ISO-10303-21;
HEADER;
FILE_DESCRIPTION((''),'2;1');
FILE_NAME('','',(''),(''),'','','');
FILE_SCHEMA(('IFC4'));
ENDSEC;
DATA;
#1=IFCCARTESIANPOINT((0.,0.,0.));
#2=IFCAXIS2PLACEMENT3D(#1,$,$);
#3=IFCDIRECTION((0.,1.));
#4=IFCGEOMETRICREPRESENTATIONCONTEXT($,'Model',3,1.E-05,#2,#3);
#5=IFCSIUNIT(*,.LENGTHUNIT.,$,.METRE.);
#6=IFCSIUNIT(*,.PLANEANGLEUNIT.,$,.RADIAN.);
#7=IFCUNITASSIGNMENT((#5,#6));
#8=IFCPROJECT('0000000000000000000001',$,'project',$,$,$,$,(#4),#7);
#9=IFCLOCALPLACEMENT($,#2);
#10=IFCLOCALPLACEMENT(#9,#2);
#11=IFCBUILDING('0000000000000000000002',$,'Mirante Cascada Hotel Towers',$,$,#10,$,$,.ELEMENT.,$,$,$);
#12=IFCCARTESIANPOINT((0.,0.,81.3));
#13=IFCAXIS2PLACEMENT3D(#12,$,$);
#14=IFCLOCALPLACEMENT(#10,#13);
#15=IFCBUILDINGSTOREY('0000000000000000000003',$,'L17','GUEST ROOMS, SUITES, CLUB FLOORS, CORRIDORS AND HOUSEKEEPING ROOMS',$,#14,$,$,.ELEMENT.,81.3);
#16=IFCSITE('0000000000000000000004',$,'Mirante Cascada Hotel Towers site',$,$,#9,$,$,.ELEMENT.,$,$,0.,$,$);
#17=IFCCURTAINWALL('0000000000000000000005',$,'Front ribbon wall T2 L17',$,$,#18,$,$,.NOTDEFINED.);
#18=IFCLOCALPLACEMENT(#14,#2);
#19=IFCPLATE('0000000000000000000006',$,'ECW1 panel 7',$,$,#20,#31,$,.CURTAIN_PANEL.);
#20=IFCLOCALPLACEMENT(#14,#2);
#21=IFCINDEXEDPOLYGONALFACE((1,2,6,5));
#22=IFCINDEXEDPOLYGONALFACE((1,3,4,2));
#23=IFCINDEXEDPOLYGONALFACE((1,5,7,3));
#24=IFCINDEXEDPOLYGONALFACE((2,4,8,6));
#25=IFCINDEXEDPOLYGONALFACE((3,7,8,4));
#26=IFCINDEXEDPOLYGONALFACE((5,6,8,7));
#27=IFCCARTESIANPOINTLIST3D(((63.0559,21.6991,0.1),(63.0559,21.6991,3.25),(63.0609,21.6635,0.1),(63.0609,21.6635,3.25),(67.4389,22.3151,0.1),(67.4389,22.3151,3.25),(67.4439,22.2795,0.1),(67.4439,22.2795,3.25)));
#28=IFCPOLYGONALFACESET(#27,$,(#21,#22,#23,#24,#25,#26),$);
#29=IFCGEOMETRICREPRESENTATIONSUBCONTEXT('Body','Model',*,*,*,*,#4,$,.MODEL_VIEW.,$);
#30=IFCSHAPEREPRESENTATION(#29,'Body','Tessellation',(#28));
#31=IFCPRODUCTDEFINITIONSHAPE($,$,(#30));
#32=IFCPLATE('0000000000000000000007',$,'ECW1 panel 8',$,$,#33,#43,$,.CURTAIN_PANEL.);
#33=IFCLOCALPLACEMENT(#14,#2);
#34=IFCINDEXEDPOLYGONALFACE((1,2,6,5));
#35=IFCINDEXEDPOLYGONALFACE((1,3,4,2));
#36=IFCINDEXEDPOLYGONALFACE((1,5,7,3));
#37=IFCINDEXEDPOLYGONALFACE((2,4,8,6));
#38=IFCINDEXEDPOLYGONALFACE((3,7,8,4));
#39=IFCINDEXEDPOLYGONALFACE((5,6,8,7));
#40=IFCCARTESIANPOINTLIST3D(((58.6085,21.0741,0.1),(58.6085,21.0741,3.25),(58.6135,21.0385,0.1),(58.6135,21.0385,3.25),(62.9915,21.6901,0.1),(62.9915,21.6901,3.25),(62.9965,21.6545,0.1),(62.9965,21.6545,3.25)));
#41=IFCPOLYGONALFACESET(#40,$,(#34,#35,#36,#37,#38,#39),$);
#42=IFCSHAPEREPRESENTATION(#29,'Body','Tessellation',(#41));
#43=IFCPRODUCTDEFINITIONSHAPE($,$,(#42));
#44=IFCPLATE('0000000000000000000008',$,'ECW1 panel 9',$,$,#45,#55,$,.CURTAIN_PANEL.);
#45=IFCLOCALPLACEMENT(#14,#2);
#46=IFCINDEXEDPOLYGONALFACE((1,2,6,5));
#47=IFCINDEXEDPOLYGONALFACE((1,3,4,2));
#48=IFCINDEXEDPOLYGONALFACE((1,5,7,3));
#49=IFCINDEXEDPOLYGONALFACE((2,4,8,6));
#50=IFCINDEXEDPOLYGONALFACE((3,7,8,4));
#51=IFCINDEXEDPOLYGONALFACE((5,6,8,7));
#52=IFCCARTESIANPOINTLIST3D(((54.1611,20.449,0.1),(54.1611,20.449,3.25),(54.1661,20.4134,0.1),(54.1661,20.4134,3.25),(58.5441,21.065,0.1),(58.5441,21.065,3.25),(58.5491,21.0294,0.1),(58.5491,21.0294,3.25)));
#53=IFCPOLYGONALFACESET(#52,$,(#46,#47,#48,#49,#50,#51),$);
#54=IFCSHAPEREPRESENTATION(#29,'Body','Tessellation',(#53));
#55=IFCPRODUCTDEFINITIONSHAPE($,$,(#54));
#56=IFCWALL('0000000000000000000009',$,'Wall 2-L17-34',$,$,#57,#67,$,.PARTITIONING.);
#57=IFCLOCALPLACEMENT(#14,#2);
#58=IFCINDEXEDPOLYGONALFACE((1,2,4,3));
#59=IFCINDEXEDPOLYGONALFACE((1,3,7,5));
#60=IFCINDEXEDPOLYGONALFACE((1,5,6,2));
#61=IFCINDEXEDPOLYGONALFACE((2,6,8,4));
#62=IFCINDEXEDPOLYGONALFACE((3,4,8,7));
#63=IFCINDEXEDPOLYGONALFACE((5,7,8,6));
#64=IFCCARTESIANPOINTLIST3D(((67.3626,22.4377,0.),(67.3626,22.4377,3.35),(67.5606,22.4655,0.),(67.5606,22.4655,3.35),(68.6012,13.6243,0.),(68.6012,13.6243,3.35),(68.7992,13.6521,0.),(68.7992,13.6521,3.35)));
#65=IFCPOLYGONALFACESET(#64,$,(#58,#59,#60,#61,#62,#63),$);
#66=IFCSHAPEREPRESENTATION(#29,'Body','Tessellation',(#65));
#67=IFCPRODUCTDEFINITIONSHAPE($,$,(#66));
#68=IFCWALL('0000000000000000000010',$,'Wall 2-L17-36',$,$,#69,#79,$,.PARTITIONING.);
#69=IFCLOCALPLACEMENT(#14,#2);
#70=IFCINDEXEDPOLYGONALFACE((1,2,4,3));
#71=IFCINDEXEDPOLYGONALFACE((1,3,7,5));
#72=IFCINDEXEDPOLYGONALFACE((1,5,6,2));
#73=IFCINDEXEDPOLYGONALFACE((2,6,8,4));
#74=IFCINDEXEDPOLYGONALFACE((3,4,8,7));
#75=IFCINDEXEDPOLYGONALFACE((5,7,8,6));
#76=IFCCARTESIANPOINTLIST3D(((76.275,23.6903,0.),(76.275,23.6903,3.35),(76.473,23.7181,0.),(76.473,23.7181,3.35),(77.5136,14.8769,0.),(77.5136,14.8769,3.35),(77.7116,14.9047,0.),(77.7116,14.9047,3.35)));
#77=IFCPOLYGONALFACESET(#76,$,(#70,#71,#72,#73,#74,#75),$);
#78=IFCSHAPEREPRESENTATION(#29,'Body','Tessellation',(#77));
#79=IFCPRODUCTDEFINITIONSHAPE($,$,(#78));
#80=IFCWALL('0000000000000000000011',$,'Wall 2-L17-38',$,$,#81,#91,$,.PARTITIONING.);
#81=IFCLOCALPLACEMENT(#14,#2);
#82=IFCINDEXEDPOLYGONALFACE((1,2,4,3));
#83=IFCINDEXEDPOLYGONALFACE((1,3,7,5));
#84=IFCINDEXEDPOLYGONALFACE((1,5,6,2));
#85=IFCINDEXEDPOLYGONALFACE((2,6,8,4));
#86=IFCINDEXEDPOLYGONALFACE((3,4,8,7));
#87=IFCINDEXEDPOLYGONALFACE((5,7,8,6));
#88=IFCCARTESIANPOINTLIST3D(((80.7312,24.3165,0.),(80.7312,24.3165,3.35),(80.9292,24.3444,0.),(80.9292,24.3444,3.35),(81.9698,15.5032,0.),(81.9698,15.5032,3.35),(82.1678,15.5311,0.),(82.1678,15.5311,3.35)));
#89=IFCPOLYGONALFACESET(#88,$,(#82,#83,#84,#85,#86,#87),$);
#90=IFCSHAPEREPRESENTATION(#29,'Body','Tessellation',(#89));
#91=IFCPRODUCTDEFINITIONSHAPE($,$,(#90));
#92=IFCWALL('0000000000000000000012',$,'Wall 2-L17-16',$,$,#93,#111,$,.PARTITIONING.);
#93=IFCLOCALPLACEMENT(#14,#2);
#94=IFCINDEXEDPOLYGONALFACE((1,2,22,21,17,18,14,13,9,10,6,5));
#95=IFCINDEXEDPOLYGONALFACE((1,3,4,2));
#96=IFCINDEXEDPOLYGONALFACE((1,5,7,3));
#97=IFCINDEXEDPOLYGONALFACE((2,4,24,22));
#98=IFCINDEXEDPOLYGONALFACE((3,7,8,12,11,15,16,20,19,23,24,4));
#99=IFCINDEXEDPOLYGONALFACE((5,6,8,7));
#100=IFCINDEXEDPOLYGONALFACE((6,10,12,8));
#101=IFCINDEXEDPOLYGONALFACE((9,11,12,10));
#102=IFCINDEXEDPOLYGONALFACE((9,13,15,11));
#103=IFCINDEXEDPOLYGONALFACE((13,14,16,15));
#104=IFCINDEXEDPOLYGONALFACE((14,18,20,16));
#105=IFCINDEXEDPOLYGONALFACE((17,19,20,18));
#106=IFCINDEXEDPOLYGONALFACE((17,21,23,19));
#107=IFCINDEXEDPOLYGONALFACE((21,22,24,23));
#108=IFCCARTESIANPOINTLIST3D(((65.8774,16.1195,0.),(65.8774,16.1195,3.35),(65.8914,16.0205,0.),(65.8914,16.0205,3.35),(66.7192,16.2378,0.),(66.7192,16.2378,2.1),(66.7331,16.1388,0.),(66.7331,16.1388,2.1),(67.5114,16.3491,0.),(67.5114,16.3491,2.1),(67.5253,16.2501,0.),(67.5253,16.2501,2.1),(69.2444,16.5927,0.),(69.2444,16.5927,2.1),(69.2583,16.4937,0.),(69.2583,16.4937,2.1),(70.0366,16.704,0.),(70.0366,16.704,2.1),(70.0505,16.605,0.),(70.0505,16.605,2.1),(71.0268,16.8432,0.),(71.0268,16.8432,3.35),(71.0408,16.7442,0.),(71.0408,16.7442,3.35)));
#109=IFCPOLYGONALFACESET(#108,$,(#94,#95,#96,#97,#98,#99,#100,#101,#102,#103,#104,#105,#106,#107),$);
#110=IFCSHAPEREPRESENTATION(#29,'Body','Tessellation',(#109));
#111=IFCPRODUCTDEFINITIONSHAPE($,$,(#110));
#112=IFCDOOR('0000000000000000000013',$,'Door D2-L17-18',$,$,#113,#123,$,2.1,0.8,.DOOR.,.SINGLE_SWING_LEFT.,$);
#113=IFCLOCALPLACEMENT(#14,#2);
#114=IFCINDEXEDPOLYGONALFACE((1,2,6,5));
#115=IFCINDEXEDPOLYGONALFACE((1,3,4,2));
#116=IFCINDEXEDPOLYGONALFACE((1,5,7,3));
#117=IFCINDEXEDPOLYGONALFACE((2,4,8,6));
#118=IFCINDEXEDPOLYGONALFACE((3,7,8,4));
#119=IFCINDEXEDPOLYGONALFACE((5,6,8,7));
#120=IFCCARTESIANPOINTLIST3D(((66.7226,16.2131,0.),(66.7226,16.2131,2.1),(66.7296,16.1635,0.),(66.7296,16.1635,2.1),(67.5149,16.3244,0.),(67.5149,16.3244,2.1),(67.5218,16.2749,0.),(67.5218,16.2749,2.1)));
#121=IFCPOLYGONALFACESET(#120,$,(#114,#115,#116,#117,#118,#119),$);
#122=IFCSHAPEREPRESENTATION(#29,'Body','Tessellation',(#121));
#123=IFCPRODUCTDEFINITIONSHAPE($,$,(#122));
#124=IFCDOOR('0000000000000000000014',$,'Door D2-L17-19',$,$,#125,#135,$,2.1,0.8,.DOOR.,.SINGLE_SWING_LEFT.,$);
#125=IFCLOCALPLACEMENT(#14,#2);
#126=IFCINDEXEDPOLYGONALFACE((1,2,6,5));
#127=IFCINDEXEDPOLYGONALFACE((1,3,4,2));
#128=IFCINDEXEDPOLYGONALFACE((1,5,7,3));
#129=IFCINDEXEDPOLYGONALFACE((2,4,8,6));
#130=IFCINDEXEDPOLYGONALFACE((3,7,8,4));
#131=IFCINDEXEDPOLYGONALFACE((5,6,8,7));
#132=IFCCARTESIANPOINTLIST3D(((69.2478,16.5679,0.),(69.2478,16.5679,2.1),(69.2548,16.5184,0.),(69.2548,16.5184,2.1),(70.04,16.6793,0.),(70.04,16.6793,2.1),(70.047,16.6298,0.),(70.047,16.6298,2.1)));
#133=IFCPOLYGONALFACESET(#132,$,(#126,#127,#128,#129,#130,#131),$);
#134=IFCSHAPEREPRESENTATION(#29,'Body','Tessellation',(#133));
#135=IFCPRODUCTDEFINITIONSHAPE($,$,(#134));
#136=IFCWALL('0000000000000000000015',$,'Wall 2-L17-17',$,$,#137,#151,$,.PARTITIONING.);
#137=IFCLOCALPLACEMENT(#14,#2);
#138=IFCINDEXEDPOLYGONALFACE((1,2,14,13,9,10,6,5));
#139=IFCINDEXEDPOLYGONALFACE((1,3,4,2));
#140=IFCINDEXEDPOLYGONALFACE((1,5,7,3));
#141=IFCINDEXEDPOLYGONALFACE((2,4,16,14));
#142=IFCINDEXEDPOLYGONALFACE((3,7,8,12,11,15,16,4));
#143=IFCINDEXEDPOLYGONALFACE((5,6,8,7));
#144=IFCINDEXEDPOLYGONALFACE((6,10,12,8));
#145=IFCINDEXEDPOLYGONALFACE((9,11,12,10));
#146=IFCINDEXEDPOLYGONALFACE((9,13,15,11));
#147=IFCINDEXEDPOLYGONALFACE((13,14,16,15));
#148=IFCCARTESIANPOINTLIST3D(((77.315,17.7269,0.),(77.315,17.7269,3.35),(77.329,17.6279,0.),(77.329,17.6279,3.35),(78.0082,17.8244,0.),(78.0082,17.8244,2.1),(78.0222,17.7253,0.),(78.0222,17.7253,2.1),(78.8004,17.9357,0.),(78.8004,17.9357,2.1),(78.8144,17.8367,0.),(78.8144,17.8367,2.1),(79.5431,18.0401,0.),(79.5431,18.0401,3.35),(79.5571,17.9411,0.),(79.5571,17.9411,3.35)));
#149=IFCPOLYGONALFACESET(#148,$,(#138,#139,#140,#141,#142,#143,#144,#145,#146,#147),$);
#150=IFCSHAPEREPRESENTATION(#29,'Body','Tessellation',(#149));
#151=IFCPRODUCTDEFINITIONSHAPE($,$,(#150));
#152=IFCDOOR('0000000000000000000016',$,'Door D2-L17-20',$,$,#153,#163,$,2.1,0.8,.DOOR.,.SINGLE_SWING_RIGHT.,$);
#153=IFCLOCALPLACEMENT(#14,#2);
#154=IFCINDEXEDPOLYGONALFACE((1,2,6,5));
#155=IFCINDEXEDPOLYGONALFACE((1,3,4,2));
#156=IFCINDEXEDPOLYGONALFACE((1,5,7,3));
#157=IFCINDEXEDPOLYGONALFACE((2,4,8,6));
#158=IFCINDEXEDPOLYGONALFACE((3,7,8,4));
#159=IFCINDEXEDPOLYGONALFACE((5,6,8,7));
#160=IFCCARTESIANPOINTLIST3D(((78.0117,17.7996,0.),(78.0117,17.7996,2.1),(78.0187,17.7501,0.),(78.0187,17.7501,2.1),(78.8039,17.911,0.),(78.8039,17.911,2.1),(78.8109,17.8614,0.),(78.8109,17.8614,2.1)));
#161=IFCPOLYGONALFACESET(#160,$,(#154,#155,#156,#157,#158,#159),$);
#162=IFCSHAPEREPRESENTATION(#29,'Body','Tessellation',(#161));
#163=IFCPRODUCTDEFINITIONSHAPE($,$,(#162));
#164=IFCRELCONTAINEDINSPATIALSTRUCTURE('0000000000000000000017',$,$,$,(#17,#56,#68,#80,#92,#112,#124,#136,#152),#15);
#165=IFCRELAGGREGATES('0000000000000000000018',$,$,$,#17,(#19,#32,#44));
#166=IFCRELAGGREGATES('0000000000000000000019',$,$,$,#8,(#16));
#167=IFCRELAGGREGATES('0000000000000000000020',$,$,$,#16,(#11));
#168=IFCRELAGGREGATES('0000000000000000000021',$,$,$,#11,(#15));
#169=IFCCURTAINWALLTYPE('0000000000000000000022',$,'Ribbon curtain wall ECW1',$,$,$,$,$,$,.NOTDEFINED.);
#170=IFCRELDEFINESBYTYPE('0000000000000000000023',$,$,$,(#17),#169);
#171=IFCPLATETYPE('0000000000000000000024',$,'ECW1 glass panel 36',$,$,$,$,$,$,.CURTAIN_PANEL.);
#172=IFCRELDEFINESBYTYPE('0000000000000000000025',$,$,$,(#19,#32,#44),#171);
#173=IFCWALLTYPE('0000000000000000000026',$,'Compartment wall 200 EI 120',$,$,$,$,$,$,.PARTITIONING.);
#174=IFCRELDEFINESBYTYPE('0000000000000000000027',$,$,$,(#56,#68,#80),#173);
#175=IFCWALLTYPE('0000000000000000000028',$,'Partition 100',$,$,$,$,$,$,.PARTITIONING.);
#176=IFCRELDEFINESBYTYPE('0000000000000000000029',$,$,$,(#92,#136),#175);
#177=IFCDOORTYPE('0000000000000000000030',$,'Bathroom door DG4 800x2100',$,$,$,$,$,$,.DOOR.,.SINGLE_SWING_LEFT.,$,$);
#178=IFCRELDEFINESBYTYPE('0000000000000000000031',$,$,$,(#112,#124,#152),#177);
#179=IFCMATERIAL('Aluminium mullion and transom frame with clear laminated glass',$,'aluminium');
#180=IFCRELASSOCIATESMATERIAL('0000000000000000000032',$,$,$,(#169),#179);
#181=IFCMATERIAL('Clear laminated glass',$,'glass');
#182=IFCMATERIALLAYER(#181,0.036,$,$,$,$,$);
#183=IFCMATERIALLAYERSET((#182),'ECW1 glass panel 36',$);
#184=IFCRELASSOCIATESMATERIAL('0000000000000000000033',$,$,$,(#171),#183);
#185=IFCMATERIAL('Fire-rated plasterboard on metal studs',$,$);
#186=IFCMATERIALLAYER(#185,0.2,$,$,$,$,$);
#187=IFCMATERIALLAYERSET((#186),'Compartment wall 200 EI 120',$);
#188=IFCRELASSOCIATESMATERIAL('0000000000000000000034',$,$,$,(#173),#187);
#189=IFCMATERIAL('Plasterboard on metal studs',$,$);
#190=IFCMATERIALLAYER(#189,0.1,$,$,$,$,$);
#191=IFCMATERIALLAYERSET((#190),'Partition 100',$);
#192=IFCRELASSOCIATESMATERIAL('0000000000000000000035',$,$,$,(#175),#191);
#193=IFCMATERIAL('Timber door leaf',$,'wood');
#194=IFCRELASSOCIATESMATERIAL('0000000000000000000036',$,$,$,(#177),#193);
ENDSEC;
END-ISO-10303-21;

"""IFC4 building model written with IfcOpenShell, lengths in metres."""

from ifc_helpers import new_model, si_unit, direction, frame, frame_2d, origin, origin_2d, place, context, subcontext, project, spatial, rectangle, extrude, material, layer, layer_set, type_object, element, fill, aggregate, save


model = new_model("IFC4")

# Units and contexts
model_context = context("Model", 3, precision=1e-05, world=origin(), true_north=direction((0.0, 1.0)))
body_context = subcontext(model_context, "Body", "Model", "MODEL_VIEW")
ifc_project = project(units=[si_unit("LENGTHUNIT", "METRE"), si_unit("PLANEANGLEUNIT", "RADIAN")], contexts=[model_context])

# Site, building, storey
site_placement = place(None, origin())
site = spatial("IfcSite", under=ifc_project, at=site_placement, Name="Mirante Cascada Hotel Towers site", CompositionType="ELEMENT", RefElevation=0.0)
building_placement = place(site_placement, origin())
building = spatial("IfcBuilding", under=site, at=building_placement, Name="Mirante Cascada Hotel Towers", CompositionType="ELEMENT")
storey_placement = place(building_placement, frame((0.0, 0.0, 81.3)))
storey = spatial("IfcBuildingStorey", under=building, at=storey_placement, Name="L17", Description="GUEST ROOMS, SUITES, CLUB FLOORS, CORRIDORS AND HOUSEKEEPING ROOMS", CompositionType="ELEMENT", Elevation=81.3)

# Curtain wall, plates
ifc_material_1 = material(Name="Aluminium mullion and transom frame with clear laminated glass", Category="aluminium")
curtain_wall_type = type_object("IfcCurtainWallType", Name="Ribbon curtain wall ECW1", PredefinedType="NOTDEFINED", material=ifc_material_1)
curtain_wall_placement = place(storey_placement, origin())
curtain_wall = element("IfcCurtainWall", 1, at=curtain_wall_placement, inside=storey, type_object=curtain_wall_type, Name="Front ribbon wall T2 L17", PredefinedType="NOTDEFINED")
ifc_material_2 = material(Name="Clear laminated glass", Category="glass")
ifc_layer_1 = layer(ifc_material_2, 0.036)
ifc_layer_set_1 = layer_set([ifc_layer_1], Name="ECW1 glass panel 36")
plate_type = type_object("IfcPlateType", Name="ECW1 glass panel 36", PredefinedType="CURTAIN_PANEL", material=ifc_layer_set_1)
plate_1_placement = place(storey_placement, frame((65.2499, 21.9893, 0.1), z_axis=(0.0, 0.0, 1.0), x_axis=(-0.990268, -0.139173, 0.0)))
plate_1 = element("IfcPlate", 2, at=plate_1_placement, type_object=plate_type, Name="ECW1 panel 7", PredefinedType="CURTAIN_PANEL", context=body_context, shape_type="SweptSolid", body=[
    extrude(rectangle(XDim=4.4261, YDim=0.036, at=origin_2d()), origin(), (0.0, 0.0, 1.0), 3.15),
])
plate_2_placement = place(storey_placement, frame((60.8025, 21.3643, 0.1), z_axis=(0.0, 0.0, 1.0), x_axis=(-0.990268, -0.139173, 0.0)))
plate_2 = element("IfcPlate", 3, at=plate_2_placement, type_object=plate_type, Name="ECW1 panel 8", PredefinedType="CURTAIN_PANEL", context=body_context, shape_type="SweptSolid", body=[
    extrude(rectangle(XDim=4.4261, YDim=0.036, at=origin_2d()), origin(), (0.0, 0.0, 1.0), 3.15),
])
plate_3_placement = place(storey_placement, frame((56.3551, 20.7392, 0.1), z_axis=(0.0, 0.0, 1.0), x_axis=(-0.990268, -0.139173, 0.0)))
plate_3 = element("IfcPlate", 4, at=plate_3_placement, type_object=plate_type, Name="ECW1 panel 9", PredefinedType="CURTAIN_PANEL", context=body_context, shape_type="SweptSolid", body=[
    extrude(rectangle(XDim=4.4261, YDim=0.036, at=origin_2d()), origin(), (0.0, 0.0, 1.0), 3.15),
])
aggregate(curtain_wall, [plate_1, plate_2, plate_3])

# Walls
ifc_material_3 = material(Name="Fire-rated plasterboard on metal studs")
ifc_layer_2 = layer(ifc_material_3, 0.2)
ifc_layer_set_2 = layer_set([ifc_layer_2], Name="Compartment wall 200 EI 120")
wall_type_1 = type_object("IfcWallType", Name="Compartment wall 200 EI 120", PredefinedType="PARTITIONING", material=ifc_layer_set_2)
for number, where, z_axis, x_axis, name in (
    (5, (68.7002, 13.6382, 0.0), (0.0, 0.0, 1.0), (-0.139168, 0.990269, 0.0), "Wall 2-L17-34"),
    (6, (77.6126, 14.8908, 0.0), (0.0, 0.0, 1.0), (-0.139168, 0.990269, 0.0), "Wall 2-L17-36"),
):
    element("IfcWall", number, at=place(storey_placement, frame(where, z_axis=z_axis, x_axis=x_axis)), inside=storey, type_object=wall_type_1, Name=name, PredefinedType="PARTITIONING", context=body_context, shape_type="SweptSolid", body=[
        extrude(rectangle(XDim=8.9, YDim=0.2, at=frame_2d((4.45, 0.0))), origin(), (0.0, 0.0, 1.0), 3.35),
    ])
wall_1_placement = place(storey_placement, frame((82.0688, 15.5171, 0.0), z_axis=(0.0, 0.0, 1.0), x_axis=(-0.13917, 0.990268, 0.0)))
element("IfcWall", 7, at=wall_1_placement, inside=storey, type_object=wall_type_1, Name="Wall 2-L17-38", PredefinedType="PARTITIONING", context=body_context, shape_type="SweptSolid", body=[
    extrude(rectangle(XDim=8.8999, YDim=0.2, at=frame_2d((4.45, 0.0))), origin(), (0.0, 0.0, 1.0), 3.35),
])

# Wall, openings, doors
ifc_material_4 = material(Name="Plasterboard on metal studs")
ifc_layer_3 = layer(ifc_material_4, 0.1)
ifc_layer_set_3 = layer_set([ifc_layer_3], Name="Partition 100")
wall_type_2 = type_object("IfcWallType", Name="Partition 100", PredefinedType="PARTITIONING", material=ifc_layer_set_3)
wall_2_placement = place(storey_placement, frame((65.8844, 16.07, 0.0), z_axis=(0.0, 0.0, 1.0), x_axis=(0.990268, 0.139173, 0.0)))
wall_2 = element("IfcWall", 8, at=wall_2_placement, inside=storey, type_object=wall_type_2, Name="Wall 2-L17-16", PredefinedType="PARTITIONING", context=body_context, shape_type="SweptSolid", body=[
    extrude(rectangle(XDim=5.2, YDim=0.1, at=frame_2d((2.6, 0.0))), origin(), (0.0, 0.0, 1.0), 3.35),
])
opening_1_placement = place(wall_2_placement, frame((0.85, 0.0, 0.0)))
opening_1 = element("IfcOpeningElement", 9, at=opening_1_placement, cuts=wall_2, PredefinedType="OPENING", context=body_context, shape_type="SweptSolid", body=[
    extrude(rectangle(XDim=0.8, YDim=2.1, at=frame_2d((0.4, 1.05))), frame((0.0, 0.05, 0.0), z_axis=(0.0, -1.0, 0.0), x_axis=(1.0, 0.0, 0.0)), (0.0, 0.0, 1.0), 0.1),
])
opening_2_placement = place(wall_2_placement, frame((3.4, 0.0, 0.0)))
opening_2 = element("IfcOpeningElement", 10, at=opening_2_placement, cuts=wall_2, PredefinedType="OPENING", context=body_context, shape_type="SweptSolid", body=[
    extrude(rectangle(XDim=0.8, YDim=2.1, at=frame_2d((0.4, 1.05))), frame((0.0, 0.05, 0.0), z_axis=(0.0, -1.0, 0.0), x_axis=(1.0, 0.0, 0.0)), (0.0, 0.0, 1.0), 0.1),
])
ifc_material_5 = material(Name="Timber door leaf", Category="wood")
door_type = type_object("IfcDoorType", Name="Bathroom door DG4 800x2100", OperationType="SINGLE_SWING_LEFT", PredefinedType="DOOR", material=ifc_material_5)
door_1_placement = place(opening_1_placement, origin())
door_1 = element("IfcDoor", 11, at=door_1_placement, inside=storey, type_object=door_type, Name="Door D2-L17-18", OperationType="SINGLE_SWING_LEFT", OverallHeight=2.1, OverallWidth=0.8, PredefinedType="DOOR", context=body_context, shape_type="SweptSolid", body=[
    extrude(rectangle(XDim=0.8, YDim=2.1, at=frame_2d((0.4, 1.05))), frame((0.0, 0.025, 0.0), z_axis=(0.0, -1.0, 0.0), x_axis=(1.0, 0.0, 0.0)), (0.0, 0.0, 1.0), 0.05),
])
fill(opening_1, door_1)
door_2_placement = place(opening_2_placement, origin())
door_2 = element("IfcDoor", 12, at=door_2_placement, inside=storey, type_object=door_type, Name="Door D2-L17-19", OperationType="SINGLE_SWING_LEFT", OverallHeight=2.1, OverallWidth=0.8, PredefinedType="DOOR", context=body_context, shape_type="SweptSolid", body=[
    extrude(rectangle(XDim=0.8, YDim=2.1, at=frame_2d((0.4, 1.05))), frame((0.0, 0.025, 0.0), z_axis=(0.0, -1.0, 0.0), x_axis=(1.0, 0.0, 0.0)), (0.0, 0.0, 1.0), 0.05),
])
fill(opening_2, door_2)

# Wall, opening, door
wall_3_placement = place(storey_placement, frame((79.5501, 17.9906, 0.0), z_axis=(0.0, 0.0, 1.0), x_axis=(-0.990264, -0.1392, 0.0)))
wall_3 = element("IfcWall", 13, at=wall_3_placement, inside=storey, type_object=wall_type_2, Name="Wall 2-L17-17", PredefinedType="PARTITIONING", context=body_context, shape_type="SweptSolid", body=[
    extrude(rectangle(XDim=2.25, YDim=0.1, at=frame_2d((1.125, 0.0))), origin(), (0.0, 0.0, 1.0), 3.35),
])
opening_3_placement = place(wall_3_placement, frame((0.75, 0.0, 0.0)))
opening_3 = element("IfcOpeningElement", 14, at=opening_3_placement, cuts=wall_3, PredefinedType="OPENING", context=body_context, shape_type="SweptSolid", body=[
    extrude(rectangle(XDim=0.8, YDim=2.1, at=frame_2d((0.4, 1.05))), frame((0.0, 0.05, 0.0), z_axis=(0.0, -1.0, 0.0), x_axis=(1.0, 0.0, 0.0)), (0.0, 0.0, 1.0), 0.1),
])
door_3_placement = place(opening_3_placement, frame((0.8, 0.0, 0.0), z_axis=(0.0, 0.0, 1.0), x_axis=(-1.0, 0.0, 0.0)))
door_3 = element("IfcDoor", 15, at=door_3_placement, inside=storey, type_object=door_type, Name="Door D2-L17-20", OperationType="SINGLE_SWING_RIGHT", OverallHeight=2.1, OverallWidth=0.8, PredefinedType="DOOR", context=body_context, shape_type="SweptSolid", body=[
    extrude(rectangle(XDim=0.8, YDim=2.1, at=frame_2d((0.4, 1.05))), frame((0.0, 0.025, 0.0), z_axis=(0.0, -1.0, 0.0), x_axis=(1.0, 0.0, 0.0)), (0.0, 0.0, 1.0), 0.05),
])
fill(opening_3, door_3)

save(model, "model.ifc")
